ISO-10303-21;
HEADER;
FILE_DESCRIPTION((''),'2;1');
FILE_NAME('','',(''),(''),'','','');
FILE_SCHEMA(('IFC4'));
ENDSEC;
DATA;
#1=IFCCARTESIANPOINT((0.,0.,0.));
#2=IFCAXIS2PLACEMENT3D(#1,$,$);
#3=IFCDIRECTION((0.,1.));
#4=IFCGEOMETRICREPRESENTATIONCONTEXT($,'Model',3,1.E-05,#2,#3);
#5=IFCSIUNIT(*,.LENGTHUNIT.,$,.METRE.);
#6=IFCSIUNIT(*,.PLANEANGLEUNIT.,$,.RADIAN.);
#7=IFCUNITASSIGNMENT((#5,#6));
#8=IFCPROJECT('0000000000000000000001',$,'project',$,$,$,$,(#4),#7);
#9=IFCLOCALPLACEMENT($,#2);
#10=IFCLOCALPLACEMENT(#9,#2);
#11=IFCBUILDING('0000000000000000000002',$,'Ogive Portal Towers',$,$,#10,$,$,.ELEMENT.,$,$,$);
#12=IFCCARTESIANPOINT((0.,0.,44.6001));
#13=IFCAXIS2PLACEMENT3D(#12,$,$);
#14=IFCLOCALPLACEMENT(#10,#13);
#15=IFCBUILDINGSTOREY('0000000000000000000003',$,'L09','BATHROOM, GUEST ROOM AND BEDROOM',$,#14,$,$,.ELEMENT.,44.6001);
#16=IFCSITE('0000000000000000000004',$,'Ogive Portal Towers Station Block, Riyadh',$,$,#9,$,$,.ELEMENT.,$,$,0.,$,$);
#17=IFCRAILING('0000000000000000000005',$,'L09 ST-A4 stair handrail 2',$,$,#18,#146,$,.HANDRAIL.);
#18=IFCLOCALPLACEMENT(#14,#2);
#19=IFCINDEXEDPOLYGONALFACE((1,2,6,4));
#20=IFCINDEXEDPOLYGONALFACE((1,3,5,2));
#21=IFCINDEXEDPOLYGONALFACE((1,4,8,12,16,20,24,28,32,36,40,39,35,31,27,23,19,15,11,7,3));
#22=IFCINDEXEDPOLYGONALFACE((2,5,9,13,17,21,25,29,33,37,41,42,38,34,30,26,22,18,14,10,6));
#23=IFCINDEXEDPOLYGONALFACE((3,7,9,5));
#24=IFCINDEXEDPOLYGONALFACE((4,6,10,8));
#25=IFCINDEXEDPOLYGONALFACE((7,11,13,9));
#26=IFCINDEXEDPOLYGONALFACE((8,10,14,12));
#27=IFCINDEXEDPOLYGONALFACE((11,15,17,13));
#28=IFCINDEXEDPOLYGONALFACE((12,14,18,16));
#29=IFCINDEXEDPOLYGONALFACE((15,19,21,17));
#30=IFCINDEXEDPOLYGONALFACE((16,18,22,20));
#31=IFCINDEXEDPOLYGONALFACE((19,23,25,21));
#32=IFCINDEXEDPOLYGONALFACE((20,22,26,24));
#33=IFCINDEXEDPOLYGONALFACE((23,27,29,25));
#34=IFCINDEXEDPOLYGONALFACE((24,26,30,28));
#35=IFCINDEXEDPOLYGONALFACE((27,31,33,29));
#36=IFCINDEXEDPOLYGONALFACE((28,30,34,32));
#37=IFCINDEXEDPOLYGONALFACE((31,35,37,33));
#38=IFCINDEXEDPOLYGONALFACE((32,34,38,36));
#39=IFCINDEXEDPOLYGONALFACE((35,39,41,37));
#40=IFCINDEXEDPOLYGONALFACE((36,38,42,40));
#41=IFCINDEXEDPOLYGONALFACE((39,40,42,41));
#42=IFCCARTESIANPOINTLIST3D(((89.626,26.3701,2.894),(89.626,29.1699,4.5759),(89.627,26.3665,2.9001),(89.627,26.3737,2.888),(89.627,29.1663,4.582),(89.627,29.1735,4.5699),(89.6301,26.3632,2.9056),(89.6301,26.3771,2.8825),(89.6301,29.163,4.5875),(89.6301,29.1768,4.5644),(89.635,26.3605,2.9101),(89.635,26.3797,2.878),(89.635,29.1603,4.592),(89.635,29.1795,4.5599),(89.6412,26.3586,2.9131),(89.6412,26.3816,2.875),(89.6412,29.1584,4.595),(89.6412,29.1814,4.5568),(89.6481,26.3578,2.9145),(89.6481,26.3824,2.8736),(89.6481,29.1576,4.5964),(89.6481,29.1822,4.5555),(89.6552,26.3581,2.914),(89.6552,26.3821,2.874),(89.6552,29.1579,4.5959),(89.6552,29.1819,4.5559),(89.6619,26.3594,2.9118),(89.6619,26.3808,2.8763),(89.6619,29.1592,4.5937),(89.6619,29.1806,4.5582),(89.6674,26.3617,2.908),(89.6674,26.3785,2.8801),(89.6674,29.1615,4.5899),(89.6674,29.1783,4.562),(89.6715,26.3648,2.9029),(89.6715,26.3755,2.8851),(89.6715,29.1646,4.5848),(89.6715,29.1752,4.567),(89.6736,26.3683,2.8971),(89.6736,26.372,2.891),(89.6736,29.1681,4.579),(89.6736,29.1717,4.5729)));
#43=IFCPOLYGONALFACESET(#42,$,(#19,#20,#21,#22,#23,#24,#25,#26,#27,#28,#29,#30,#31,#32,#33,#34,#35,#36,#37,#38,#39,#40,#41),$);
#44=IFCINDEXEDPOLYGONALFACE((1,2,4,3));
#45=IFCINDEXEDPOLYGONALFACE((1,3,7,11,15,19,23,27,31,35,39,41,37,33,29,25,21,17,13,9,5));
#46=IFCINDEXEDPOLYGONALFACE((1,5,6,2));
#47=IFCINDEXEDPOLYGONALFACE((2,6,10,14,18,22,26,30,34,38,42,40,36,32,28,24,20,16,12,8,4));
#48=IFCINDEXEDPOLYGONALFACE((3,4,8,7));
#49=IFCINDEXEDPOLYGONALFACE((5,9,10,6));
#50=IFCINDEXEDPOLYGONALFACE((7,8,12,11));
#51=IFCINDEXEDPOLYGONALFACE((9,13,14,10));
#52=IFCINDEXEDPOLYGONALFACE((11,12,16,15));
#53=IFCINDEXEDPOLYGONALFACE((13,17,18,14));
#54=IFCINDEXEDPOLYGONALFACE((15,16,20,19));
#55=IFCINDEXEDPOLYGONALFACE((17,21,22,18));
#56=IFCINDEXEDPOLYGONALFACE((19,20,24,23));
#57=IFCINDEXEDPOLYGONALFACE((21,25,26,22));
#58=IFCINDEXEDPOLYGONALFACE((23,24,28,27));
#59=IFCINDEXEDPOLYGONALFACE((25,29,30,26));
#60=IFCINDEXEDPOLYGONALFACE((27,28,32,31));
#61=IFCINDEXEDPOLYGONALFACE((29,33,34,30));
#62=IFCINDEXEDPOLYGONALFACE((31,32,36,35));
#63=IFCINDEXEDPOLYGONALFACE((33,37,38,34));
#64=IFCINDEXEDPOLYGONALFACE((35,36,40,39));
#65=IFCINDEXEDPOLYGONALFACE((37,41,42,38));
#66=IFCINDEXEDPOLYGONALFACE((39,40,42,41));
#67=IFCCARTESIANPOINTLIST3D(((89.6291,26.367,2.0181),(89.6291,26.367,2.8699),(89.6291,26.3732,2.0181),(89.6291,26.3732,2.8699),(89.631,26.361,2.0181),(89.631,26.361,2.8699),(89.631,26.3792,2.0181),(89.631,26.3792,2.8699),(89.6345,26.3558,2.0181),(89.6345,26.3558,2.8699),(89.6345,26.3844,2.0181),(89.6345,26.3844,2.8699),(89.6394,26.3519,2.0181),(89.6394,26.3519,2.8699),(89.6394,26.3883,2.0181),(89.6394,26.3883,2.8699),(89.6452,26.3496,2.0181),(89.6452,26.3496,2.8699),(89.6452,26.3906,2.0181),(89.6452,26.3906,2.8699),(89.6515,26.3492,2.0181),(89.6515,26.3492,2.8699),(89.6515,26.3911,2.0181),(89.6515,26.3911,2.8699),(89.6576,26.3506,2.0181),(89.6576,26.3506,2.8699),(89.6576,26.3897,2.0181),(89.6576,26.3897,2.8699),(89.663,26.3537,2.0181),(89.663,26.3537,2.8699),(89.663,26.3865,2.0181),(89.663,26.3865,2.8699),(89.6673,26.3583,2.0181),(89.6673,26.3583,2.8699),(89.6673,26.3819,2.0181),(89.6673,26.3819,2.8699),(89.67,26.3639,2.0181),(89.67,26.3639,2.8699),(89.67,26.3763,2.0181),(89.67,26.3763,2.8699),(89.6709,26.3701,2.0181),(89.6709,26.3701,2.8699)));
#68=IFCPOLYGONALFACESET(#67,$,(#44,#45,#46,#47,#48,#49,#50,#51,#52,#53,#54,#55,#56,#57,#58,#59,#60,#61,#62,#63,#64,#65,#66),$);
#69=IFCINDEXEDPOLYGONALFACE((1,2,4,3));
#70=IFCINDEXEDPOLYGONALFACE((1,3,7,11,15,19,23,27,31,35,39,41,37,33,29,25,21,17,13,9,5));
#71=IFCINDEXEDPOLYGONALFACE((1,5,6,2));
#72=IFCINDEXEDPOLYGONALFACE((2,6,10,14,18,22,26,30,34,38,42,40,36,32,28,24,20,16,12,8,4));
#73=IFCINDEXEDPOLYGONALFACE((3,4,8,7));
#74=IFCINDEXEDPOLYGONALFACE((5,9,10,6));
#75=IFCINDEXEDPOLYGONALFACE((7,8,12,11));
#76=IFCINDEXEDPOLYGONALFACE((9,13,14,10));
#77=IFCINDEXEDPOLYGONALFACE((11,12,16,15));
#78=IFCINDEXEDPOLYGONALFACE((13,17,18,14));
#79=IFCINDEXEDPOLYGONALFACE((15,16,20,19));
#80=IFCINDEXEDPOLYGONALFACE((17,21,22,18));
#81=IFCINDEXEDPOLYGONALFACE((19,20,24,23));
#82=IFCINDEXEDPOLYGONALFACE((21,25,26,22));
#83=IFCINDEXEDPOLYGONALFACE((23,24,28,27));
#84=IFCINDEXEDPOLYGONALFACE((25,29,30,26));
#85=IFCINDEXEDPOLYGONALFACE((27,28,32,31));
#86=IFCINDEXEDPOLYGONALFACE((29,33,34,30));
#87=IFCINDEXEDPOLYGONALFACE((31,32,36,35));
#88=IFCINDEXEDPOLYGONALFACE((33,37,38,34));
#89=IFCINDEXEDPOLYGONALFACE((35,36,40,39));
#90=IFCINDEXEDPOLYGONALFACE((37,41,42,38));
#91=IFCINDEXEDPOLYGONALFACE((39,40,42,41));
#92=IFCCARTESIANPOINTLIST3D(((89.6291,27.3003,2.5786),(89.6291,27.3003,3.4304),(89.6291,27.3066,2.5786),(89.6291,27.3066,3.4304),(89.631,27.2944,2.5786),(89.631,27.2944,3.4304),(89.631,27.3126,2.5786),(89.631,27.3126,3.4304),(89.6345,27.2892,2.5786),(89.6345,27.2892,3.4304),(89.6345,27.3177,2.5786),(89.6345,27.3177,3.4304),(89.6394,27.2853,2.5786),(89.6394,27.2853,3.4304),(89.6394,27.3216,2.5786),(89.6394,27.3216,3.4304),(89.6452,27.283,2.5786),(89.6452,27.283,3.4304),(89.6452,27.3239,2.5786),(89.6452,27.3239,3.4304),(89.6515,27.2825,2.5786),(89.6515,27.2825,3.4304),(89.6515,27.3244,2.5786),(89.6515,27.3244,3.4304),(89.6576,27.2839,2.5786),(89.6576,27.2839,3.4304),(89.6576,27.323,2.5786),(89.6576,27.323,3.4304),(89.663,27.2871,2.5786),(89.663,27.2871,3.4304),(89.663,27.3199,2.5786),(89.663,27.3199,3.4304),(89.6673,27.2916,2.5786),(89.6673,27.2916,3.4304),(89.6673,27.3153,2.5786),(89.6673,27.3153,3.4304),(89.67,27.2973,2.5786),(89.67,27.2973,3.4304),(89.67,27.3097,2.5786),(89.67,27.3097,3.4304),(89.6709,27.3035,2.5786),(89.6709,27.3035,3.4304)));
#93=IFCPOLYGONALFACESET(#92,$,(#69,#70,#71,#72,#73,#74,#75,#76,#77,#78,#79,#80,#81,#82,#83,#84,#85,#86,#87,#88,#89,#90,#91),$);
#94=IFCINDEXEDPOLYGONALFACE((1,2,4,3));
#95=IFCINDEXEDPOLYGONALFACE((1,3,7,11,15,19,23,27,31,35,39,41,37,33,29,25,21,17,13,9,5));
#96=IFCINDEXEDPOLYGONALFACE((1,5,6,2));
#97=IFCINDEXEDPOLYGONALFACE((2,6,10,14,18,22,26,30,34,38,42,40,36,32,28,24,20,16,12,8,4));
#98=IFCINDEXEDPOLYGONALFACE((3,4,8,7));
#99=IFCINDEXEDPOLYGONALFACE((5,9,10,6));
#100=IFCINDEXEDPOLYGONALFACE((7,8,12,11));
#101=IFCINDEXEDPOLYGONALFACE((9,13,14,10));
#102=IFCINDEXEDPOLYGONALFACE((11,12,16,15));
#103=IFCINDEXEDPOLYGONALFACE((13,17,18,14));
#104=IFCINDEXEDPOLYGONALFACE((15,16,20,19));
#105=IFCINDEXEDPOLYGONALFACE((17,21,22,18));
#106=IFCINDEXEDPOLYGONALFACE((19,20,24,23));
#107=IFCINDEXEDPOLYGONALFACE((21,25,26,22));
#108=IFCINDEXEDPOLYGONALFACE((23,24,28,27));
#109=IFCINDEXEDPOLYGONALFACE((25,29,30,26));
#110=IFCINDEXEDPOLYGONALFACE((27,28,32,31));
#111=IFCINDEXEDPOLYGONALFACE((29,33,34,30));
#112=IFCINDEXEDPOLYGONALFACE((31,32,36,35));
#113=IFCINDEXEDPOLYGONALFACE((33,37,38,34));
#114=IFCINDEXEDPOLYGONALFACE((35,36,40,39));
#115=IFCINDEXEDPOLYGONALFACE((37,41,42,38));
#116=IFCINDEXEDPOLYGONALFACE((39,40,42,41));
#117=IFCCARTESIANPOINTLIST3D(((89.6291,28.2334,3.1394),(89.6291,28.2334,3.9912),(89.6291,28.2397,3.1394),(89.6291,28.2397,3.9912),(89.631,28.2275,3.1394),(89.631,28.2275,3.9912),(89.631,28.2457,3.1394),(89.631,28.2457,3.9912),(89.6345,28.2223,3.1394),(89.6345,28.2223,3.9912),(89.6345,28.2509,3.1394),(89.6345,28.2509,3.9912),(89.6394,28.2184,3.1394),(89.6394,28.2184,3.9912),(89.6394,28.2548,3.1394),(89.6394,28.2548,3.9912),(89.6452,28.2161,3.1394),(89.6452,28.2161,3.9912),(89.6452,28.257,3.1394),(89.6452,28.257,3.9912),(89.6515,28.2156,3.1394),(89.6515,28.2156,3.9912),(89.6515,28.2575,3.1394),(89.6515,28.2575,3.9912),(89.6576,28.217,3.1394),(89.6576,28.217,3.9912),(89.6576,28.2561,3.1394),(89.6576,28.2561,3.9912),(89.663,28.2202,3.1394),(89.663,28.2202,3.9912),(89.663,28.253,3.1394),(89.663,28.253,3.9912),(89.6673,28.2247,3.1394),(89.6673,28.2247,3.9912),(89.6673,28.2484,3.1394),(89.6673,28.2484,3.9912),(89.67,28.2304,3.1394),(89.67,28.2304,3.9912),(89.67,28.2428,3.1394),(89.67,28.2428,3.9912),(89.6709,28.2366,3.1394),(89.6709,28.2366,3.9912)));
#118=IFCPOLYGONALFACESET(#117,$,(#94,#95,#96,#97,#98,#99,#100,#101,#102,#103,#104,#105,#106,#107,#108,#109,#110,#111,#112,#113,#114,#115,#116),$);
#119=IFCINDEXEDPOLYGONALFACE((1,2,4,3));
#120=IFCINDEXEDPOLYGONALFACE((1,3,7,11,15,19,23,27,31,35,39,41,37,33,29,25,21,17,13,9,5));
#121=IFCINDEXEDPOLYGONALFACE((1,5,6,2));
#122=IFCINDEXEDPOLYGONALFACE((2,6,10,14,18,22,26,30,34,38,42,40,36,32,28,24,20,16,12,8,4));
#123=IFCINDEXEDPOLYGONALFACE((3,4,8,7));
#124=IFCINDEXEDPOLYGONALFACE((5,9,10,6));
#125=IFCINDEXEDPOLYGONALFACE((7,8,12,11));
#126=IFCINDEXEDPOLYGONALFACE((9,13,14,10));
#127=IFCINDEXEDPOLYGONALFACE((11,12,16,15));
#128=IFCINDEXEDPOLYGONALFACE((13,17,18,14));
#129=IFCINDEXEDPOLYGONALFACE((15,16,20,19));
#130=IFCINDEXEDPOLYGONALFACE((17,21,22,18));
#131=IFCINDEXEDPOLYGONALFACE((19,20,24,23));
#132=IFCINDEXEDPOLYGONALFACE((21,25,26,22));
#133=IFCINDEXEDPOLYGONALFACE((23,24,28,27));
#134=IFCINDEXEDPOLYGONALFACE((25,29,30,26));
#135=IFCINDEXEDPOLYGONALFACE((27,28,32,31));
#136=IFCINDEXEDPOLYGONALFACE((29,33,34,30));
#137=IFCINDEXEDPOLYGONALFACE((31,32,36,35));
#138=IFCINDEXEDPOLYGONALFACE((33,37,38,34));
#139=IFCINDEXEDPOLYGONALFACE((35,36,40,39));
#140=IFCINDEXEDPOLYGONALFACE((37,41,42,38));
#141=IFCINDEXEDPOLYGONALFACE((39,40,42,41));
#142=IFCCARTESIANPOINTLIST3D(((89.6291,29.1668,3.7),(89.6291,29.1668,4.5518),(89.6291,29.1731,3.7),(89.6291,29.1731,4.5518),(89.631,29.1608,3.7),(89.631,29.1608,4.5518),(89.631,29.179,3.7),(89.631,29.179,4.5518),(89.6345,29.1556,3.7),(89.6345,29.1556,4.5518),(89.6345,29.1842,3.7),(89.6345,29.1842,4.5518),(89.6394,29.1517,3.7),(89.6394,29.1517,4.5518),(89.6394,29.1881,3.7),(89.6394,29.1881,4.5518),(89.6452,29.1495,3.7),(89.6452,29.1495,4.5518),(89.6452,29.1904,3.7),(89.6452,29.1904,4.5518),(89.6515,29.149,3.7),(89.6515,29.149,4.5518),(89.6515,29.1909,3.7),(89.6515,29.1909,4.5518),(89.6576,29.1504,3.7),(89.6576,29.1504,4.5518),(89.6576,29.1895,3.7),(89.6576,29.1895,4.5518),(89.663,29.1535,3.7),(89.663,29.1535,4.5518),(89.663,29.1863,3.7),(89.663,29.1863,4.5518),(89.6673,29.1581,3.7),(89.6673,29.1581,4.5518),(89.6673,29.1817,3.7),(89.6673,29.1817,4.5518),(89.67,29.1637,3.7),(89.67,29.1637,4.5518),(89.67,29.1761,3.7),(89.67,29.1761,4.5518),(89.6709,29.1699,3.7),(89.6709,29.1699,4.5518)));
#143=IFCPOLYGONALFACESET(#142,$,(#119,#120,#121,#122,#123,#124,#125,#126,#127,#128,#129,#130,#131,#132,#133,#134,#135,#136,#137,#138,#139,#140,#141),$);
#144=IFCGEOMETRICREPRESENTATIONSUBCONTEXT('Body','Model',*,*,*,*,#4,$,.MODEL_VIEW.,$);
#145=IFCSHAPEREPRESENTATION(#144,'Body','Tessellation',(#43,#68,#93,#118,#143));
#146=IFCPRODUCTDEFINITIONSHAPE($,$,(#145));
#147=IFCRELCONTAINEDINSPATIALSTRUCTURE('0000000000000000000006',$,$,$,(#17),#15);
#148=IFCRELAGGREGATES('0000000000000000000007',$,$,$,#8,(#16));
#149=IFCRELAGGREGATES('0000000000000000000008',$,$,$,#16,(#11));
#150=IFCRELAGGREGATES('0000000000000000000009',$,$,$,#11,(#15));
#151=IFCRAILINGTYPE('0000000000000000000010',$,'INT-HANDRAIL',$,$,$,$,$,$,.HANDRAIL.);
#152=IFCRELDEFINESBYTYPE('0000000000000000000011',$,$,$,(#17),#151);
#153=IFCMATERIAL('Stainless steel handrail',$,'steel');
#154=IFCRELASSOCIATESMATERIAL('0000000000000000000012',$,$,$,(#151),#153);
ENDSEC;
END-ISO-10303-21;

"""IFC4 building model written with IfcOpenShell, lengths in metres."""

from ifc_helpers import new_model, si_unit, direction, frame, origin, origin_2d, place, context, subcontext, project, spatial, circle, extrude, material, type_object, element, save


model = new_model("IFC4")

# Units and contexts
model_context = context("Model", 3, precision=1e-05, world=origin(), true_north=direction((0.0, 1.0)))
body_context = subcontext(model_context, "Body", "Model", "MODEL_VIEW")
ifc_project = project(units=[si_unit("LENGTHUNIT", "METRE"), si_unit("PLANEANGLEUNIT", "RADIAN")], contexts=[model_context])

# Site, building, storey
site_placement = place(None, origin())
site = spatial("IfcSite", under=ifc_project, at=site_placement, Name="Ogive Portal Towers Station Block, Riyadh", CompositionType="ELEMENT", RefElevation=0.0)
building_placement = place(site_placement, origin())
building = spatial("IfcBuilding", under=site, at=building_placement, Name="Ogive Portal Towers", CompositionType="ELEMENT")
storey_placement = place(building_placement, frame((0.0, 0.0, 44.6001)))
storey = spatial("IfcBuildingStorey", under=building, at=storey_placement, Name="L09", Description="BATHROOM, GUEST ROOM AND BEDROOM", CompositionType="ELEMENT", Elevation=44.6001)

# Railing
ifc_material_1 = material(Name="Stainless steel handrail", Category="steel")
railing_type_1 = type_object("IfcRailingType", Name="INT-HANDRAIL", PredefinedType="HANDRAIL", material=ifc_material_1)
railing_1_placement = place(storey_placement, frame((89.6499, 26.3701, 2.0181)))
element("IfcRailing", 1, at=railing_1_placement, inside=storey, type_object=railing_type_1, Name="L09 ST-A4 stair handrail 2", PredefinedType="HANDRAIL", context=body_context, shape_type="SweptSolid", body=[
    extrude(circle(Radius=0.0239, at=origin_2d()), frame((0.0, 0.0, 0.876), z_axis=(0.0, 0.857222, 0.514946), x_axis=(-1.0, 0.0, 0.0)), (0.0, 0.0, 1.0), 3.2661),
    extrude(circle(Radius=0.021, at=origin_2d()), origin(), (0.0, 0.0, 1.0), 0.8518),
    extrude(circle(Radius=0.021, at=origin_2d()), frame((0.0, 0.9333, 0.5605)), (0.0, 0.0, 1.0), 0.8518),
    extrude(circle(Radius=0.021, at=origin_2d()), frame((0.0, 1.8665, 1.1213)), (0.0, 0.0, 1.0), 0.8518),
    extrude(circle(Radius=0.021, at=origin_2d()), frame((0.0, 2.7998, 1.6819)), (0.0, 0.0, 1.0), 0.8518),
])

save(model, "model.ifc")
